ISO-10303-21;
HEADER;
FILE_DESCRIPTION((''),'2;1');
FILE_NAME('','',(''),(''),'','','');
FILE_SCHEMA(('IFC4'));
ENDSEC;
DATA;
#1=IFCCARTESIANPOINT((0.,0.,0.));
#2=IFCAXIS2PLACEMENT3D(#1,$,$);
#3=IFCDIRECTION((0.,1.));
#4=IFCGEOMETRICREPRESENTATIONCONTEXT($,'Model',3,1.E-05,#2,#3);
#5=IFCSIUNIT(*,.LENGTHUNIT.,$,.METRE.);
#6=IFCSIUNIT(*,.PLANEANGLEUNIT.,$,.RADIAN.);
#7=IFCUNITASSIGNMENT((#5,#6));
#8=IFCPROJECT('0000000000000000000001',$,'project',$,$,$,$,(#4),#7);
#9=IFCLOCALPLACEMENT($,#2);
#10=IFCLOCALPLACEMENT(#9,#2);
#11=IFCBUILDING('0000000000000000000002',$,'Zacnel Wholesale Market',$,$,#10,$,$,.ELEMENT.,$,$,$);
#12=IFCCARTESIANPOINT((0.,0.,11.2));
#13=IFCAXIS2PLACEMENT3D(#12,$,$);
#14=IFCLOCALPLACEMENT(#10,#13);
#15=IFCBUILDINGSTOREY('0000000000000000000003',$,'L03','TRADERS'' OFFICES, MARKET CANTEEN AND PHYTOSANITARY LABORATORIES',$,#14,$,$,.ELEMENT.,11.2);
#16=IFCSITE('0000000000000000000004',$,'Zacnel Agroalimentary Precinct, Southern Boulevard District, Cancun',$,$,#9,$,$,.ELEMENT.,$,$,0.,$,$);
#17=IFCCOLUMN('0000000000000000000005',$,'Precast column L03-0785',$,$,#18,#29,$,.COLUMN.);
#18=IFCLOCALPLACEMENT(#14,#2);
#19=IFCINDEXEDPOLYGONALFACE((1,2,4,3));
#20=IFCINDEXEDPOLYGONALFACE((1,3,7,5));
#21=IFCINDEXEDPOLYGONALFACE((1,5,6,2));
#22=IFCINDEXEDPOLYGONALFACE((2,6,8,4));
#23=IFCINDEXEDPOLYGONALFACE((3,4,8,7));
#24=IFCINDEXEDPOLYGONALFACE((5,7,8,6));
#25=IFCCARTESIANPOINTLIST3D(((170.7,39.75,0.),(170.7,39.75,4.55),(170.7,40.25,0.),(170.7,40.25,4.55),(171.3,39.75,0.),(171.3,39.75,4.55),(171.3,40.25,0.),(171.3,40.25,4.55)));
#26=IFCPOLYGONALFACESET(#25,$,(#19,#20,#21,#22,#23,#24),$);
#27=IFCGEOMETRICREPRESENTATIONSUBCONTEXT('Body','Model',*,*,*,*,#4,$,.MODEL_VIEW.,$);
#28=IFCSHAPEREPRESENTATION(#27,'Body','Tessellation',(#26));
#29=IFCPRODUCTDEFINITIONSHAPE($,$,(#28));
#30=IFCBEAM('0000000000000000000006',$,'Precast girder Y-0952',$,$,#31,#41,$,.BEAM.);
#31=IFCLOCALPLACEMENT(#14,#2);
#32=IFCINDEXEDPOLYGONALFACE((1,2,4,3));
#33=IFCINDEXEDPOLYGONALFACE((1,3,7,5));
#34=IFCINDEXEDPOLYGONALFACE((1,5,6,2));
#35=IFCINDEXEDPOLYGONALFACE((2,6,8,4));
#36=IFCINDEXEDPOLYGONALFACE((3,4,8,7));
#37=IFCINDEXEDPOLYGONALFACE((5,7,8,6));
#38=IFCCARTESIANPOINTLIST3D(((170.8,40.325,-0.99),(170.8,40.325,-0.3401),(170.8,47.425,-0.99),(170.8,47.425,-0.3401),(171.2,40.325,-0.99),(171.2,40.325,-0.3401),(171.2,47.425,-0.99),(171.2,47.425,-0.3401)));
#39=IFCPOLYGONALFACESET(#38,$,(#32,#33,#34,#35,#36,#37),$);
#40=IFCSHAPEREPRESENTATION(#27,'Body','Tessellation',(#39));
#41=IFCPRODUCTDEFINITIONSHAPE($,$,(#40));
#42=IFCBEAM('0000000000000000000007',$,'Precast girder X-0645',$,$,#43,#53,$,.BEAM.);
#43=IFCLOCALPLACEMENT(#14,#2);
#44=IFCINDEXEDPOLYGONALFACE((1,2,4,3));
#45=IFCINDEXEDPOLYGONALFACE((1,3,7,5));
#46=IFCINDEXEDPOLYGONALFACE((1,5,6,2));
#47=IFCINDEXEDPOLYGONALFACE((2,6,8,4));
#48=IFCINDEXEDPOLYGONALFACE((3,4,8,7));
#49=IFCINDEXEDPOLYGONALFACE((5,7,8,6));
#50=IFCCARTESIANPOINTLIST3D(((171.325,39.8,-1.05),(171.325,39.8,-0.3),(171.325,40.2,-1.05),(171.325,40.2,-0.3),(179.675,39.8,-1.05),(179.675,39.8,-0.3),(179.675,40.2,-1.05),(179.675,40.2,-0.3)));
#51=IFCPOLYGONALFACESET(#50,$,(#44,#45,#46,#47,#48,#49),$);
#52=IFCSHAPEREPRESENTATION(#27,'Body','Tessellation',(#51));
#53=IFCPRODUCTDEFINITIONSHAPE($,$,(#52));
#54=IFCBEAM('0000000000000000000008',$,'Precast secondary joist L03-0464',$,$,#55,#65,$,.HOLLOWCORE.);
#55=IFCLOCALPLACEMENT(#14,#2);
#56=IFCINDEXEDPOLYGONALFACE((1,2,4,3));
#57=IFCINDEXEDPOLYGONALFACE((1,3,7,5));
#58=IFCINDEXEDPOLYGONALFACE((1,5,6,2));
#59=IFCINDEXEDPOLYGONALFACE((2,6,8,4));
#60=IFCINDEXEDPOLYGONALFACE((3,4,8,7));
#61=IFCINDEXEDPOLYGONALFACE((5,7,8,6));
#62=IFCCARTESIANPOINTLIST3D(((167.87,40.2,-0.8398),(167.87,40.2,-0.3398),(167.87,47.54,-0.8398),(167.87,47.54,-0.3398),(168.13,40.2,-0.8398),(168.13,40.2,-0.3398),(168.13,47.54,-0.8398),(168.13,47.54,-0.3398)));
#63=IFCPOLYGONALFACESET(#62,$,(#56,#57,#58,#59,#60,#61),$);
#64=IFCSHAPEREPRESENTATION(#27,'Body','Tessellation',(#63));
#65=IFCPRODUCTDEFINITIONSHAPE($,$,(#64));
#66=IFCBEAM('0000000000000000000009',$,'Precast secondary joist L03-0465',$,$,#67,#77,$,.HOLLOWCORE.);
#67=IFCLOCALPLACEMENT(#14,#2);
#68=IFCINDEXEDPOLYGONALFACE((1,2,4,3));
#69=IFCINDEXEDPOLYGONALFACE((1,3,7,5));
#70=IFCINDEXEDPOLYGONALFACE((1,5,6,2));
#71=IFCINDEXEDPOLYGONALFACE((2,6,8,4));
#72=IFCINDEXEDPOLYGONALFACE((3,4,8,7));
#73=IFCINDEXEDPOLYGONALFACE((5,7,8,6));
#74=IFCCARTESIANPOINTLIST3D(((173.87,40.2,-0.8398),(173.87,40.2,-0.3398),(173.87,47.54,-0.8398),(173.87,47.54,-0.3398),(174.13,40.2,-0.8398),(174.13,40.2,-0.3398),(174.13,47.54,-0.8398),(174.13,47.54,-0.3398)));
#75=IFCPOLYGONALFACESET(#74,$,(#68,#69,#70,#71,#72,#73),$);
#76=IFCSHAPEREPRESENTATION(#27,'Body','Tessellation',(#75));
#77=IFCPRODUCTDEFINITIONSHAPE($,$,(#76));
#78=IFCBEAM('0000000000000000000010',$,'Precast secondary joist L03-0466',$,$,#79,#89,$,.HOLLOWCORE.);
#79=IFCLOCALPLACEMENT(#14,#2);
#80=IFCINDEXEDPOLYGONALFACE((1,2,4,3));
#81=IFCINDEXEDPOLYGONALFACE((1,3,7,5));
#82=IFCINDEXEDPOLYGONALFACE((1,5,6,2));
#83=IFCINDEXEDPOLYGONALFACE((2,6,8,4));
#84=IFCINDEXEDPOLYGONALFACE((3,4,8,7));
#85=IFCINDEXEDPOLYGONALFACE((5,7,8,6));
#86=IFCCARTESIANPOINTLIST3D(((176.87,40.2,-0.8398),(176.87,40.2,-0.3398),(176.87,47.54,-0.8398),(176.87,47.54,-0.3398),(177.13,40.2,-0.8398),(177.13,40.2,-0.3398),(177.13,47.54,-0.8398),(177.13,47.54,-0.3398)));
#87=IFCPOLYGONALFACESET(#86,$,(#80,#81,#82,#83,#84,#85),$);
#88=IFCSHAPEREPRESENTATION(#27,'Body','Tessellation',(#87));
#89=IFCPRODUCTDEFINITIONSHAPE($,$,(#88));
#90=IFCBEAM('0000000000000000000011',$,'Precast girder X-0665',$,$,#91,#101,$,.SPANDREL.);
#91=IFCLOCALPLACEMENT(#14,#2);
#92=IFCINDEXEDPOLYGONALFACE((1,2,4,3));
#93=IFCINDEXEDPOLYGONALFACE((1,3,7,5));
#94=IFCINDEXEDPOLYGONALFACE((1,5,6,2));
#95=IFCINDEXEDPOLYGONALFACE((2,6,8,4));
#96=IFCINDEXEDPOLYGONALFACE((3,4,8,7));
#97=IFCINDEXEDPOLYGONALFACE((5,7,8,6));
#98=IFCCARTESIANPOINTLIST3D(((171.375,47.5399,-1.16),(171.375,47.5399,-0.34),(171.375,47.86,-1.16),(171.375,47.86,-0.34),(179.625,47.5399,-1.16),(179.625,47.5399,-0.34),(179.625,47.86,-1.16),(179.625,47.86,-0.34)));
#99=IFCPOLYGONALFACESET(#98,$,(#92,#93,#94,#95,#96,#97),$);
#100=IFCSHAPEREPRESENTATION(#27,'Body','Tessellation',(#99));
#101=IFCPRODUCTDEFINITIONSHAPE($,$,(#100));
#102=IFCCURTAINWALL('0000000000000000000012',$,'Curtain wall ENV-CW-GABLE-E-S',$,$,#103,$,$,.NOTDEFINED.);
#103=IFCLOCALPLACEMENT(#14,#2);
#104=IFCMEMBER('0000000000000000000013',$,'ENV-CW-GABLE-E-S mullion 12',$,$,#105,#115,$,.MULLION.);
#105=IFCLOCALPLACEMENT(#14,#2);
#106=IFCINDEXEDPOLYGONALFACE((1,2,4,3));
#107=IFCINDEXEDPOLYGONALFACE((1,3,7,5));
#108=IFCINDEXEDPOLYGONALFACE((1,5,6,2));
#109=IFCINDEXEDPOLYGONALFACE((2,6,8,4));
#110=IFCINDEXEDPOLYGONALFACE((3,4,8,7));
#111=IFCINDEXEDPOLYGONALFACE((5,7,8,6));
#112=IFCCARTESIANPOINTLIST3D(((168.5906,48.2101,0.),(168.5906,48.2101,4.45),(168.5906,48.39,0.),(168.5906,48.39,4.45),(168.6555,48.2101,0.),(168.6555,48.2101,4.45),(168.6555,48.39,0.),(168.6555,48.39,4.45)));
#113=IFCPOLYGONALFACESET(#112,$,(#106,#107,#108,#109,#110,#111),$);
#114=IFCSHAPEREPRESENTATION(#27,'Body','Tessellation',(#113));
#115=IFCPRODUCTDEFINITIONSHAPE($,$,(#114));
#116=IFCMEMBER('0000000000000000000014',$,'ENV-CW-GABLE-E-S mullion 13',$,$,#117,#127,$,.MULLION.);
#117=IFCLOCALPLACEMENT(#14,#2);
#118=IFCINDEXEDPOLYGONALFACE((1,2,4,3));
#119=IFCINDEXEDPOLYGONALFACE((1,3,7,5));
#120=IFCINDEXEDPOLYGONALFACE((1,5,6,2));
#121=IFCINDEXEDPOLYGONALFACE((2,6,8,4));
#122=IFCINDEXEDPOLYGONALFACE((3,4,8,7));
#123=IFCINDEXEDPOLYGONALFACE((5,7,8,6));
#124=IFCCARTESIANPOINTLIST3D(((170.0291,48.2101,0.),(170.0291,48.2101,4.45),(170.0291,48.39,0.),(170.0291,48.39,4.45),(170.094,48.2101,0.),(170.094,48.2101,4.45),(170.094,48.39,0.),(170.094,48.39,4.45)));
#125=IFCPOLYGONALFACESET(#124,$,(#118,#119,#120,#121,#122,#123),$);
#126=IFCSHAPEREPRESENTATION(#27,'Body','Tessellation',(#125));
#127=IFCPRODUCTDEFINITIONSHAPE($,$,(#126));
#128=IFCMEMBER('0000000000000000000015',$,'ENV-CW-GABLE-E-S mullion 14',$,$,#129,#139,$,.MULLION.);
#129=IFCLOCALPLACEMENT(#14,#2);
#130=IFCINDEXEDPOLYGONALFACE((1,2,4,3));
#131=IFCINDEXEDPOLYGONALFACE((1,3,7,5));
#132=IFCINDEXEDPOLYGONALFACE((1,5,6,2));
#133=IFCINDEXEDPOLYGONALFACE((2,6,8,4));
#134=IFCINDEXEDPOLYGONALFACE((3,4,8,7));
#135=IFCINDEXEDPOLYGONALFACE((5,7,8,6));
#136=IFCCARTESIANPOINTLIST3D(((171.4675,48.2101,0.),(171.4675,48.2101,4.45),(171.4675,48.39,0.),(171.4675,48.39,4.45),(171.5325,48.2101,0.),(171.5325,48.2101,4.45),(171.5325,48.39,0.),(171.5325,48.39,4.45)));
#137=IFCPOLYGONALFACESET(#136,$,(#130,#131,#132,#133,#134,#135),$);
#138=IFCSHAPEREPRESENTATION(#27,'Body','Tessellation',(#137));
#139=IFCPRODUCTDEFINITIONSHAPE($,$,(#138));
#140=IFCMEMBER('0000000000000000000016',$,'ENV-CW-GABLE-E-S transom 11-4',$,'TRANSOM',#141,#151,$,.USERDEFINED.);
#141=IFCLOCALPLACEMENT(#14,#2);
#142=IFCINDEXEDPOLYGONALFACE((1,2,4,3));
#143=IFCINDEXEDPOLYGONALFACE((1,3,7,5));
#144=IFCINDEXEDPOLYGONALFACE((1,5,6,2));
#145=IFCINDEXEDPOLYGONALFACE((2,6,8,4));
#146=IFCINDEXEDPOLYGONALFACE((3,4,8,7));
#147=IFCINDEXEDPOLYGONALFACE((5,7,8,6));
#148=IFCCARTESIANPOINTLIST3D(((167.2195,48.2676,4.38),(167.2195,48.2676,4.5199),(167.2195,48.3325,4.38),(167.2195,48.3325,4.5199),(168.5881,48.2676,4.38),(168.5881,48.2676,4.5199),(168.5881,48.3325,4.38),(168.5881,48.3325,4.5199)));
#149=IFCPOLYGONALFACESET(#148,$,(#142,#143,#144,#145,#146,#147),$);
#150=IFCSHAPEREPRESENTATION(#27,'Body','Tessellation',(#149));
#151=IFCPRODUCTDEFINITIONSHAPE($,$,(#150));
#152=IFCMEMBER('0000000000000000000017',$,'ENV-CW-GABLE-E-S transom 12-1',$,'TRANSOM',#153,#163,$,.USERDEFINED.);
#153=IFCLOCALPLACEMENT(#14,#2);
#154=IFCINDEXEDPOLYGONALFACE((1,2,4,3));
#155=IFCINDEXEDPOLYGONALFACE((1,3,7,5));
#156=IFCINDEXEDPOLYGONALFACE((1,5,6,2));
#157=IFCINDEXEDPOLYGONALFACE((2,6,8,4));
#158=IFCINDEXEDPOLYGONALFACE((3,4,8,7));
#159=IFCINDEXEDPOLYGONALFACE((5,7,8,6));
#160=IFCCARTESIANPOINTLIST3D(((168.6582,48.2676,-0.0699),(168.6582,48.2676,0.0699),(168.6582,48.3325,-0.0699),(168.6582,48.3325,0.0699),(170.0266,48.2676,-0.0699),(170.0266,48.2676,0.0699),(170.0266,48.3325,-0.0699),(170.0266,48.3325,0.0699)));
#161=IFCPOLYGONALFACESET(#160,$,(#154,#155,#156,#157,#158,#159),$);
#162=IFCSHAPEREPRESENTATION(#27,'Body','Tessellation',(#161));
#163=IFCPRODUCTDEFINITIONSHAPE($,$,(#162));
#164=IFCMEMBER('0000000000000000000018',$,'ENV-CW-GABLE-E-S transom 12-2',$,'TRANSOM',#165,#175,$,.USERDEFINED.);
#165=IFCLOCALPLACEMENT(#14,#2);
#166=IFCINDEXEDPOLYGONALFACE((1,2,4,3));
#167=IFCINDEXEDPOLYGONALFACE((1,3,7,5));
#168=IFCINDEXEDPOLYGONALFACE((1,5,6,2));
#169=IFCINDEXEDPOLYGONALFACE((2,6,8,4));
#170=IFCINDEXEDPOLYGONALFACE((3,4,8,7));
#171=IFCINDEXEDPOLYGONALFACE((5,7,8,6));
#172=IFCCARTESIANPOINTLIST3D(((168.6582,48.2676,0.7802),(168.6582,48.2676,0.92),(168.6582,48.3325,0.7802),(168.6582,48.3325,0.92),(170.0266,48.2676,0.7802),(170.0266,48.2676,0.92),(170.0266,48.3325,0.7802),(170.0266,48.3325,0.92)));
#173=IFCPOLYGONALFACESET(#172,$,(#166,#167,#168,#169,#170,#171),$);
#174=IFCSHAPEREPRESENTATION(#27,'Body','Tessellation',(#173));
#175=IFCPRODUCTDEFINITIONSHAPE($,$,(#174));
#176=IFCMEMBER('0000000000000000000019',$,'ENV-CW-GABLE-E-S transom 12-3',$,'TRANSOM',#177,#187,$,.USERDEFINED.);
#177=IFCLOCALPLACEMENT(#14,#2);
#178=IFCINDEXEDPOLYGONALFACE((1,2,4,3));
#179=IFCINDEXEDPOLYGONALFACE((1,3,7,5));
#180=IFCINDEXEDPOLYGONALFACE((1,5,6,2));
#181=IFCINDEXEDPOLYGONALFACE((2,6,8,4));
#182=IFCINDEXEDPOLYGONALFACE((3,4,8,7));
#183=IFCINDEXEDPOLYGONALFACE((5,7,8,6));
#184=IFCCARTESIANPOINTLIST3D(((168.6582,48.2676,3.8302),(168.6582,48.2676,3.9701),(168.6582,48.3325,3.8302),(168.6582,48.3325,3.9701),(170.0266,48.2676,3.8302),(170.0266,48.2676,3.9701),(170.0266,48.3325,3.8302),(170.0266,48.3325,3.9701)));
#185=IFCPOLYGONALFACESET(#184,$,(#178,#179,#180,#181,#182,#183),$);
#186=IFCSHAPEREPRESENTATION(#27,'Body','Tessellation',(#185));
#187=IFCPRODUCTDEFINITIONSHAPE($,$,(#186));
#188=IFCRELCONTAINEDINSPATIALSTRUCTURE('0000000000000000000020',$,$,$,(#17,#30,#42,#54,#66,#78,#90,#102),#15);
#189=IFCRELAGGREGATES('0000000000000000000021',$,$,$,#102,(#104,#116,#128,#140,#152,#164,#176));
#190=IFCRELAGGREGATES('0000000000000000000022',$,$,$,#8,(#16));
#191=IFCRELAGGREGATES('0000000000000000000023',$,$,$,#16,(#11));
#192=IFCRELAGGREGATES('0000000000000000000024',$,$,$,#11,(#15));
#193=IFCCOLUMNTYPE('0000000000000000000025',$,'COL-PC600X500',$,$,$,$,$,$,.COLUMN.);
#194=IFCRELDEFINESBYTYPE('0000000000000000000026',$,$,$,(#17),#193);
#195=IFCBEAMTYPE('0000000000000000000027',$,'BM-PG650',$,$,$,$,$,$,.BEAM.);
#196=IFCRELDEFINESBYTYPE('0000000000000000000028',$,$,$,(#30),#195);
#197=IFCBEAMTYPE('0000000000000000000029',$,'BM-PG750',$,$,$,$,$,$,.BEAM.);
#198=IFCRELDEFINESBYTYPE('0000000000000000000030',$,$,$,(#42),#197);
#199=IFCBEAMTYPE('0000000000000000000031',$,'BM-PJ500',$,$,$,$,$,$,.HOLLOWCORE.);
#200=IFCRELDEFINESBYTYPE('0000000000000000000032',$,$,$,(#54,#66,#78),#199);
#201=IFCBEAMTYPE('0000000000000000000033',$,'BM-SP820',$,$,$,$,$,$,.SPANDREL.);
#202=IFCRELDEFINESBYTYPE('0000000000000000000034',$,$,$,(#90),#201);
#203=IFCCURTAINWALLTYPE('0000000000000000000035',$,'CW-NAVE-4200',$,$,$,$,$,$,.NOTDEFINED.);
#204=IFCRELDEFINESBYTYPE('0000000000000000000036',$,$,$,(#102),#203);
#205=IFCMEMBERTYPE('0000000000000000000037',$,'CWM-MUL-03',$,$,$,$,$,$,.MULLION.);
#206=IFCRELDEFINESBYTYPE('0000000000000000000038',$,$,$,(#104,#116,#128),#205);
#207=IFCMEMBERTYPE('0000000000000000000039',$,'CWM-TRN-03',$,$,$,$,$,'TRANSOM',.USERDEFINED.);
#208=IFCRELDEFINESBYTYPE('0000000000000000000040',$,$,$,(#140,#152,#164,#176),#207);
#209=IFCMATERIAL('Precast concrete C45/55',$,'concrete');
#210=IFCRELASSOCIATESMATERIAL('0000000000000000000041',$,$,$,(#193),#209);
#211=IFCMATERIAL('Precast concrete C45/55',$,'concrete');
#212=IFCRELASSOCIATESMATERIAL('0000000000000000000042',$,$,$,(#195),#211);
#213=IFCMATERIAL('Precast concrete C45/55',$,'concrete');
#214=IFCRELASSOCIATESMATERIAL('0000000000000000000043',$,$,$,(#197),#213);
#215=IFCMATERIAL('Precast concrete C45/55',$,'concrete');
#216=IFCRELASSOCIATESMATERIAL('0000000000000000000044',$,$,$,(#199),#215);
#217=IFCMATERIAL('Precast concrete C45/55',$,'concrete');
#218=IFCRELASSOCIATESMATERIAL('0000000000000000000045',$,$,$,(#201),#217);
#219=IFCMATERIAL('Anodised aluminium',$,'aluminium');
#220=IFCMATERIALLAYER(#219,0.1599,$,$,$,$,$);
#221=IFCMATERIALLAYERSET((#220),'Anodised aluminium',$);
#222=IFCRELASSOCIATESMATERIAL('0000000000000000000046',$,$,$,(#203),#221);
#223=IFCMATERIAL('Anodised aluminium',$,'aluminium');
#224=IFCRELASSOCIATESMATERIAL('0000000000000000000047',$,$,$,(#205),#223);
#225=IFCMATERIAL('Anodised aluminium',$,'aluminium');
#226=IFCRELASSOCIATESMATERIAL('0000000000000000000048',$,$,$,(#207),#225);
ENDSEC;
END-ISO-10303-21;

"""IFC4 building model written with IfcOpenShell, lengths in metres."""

from ifc_helpers import new_model, si_unit, direction, frame, origin, origin_2d, place, context, subcontext, project, spatial, rectangle, extrude, material, layer, layer_set, material_profile, profile_set, type_object, element, aggregate, save


model = new_model("IFC4")

# Units and contexts
model_context = context("Model", 3, precision=1e-05, world=origin(), true_north=direction((0.0, 1.0)))
body_context = subcontext(model_context, "Body", "Model", "MODEL_VIEW")
ifc_project = project(units=[si_unit("LENGTHUNIT", "METRE"), si_unit("PLANEANGLEUNIT", "RADIAN")], contexts=[model_context])

# Site, building, storey
site_placement = place(None, origin())
site = spatial("IfcSite", under=ifc_project, at=site_placement, Name="Zacnel Agroalimentary Precinct, Southern Boulevard District, Cancun", CompositionType="ELEMENT", RefElevation=0.0)
building_placement = place(site_placement, origin())
building = spatial("IfcBuilding", under=site, at=building_placement, Name="Zacnel Wholesale Market", CompositionType="ELEMENT")
storey_placement = place(building_placement, frame((0.0, 0.0, 11.2)))
storey = spatial("IfcBuildingStorey", under=building, at=storey_placement, Name="L03", Description="TRADERS' OFFICES, MARKET CANTEEN AND PHYTOSANITARY LABORATORIES", CompositionType="ELEMENT", Elevation=11.2)

# Column
ifc_material_1 = material(Name="Precast concrete C45/55", Category="concrete")
ifc_material_profile_1 = material_profile(ifc_material_1, rectangle(XDim=0.6001, YDim=0.5, at=origin_2d()), Name="PC 600x500")
ifc_profile_set_1 = profile_set([ifc_material_profile_1], Name="Precast concrete C45/55")
column_type = type_object("IfcColumnType", Name="COL-PC600X500", PredefinedType="COLUMN", material=ifc_profile_set_1)
column_placement = place(storey_placement, frame((171.0, 40.0, 0.0), z_axis=(0.0, 0.0, 1.0), x_axis=(1.0, 0.0, 0.0)))
element("IfcColumn", 1, at=column_placement, inside=storey, type_object=column_type, Name="Precast column L03-0785", PredefinedType="COLUMN", context=body_context, shape_type="SweptSolid", body=[
    extrude(rectangle(XDim=0.6001, YDim=0.5, at=origin_2d()), origin(), (0.0, 0.0, 1.0), 4.55),
])

# Beams
ifc_material_2 = material(Name="Precast concrete C45/55", Category="concrete")
ifc_material_profile_2 = material_profile(ifc_material_2, rectangle(XDim=0.3999, YDim=0.6499, at=origin_2d()), Name="PG 400x650")
ifc_profile_set_2 = profile_set([ifc_material_profile_2], Name="Precast concrete C45/55")
beam_type_1 = type_object("IfcBeamType", Name="BM-PG650", PredefinedType="BEAM", material=ifc_profile_set_2)
beam_1_placement = place(storey_placement, frame((171.0, 40.325, -0.665), z_axis=(0.0, 1.0, 0.0), x_axis=(-1.0, 0.0, 0.0)))
element("IfcBeam", 2, at=beam_1_placement, inside=storey, type_object=beam_type_1, Name="Precast girder Y-0952", PredefinedType="BEAM", context=body_context, shape_type="SweptSolid", body=[
    extrude(rectangle(XDim=0.3999, YDim=0.6499, at=origin_2d()), origin(), (0.0, 0.0, 1.0), 7.1001),
])
ifc_material_3 = material(Name="Precast concrete C45/55", Category="concrete")
ifc_material_profile_3 = material_profile(ifc_material_3, rectangle(XDim=0.3999, YDim=0.75, at=origin_2d()), Name="PG 400x750")
ifc_profile_set_3 = profile_set([ifc_material_profile_3], Name="Precast concrete C45/55")
beam_type_2 = type_object("IfcBeamType", Name="BM-PG750", PredefinedType="BEAM", material=ifc_profile_set_3)
beam_2_placement = place(storey_placement, frame((171.325, 40.0, -0.675), z_axis=(1.0, 0.0, 0.0), x_axis=(0.0, 1.0, 0.0)))
element("IfcBeam", 3, at=beam_2_placement, inside=storey, type_object=beam_type_2, Name="Precast girder X-0645", PredefinedType="BEAM", context=body_context, shape_type="SweptSolid", body=[
    extrude(rectangle(XDim=0.3999, YDim=0.75, at=origin_2d()), origin(), (0.0, 0.0, 1.0), 8.3501),
])
ifc_material_4 = material(Name="Precast concrete C45/55", Category="concrete")
ifc_material_profile_4 = material_profile(ifc_material_4, rectangle(XDim=0.26, YDim=0.5, at=origin_2d()), Name="PJ 260x500")
ifc_profile_set_4 = profile_set([ifc_material_profile_4], Name="Precast concrete C45/55")
beam_type_3 = type_object("IfcBeamType", Name="BM-PJ500", PredefinedType="HOLLOWCORE", material=ifc_profile_set_4)
for number, where, z_axis, x_axis, name in (
    (4, (168.0, 40.2, -0.5898), (0.0, 1.0, 0.0), (-1.0, 0.0, 0.0), "Precast secondary joist L03-0464"),
    (5, (174.0, 40.2, -0.5898), (0.0, 1.0, 0.0), (-1.0, 0.0, 0.0), "Precast secondary joist L03-0465"),
    (6, (177.0, 40.2, -0.5898), (0.0, 1.0, 0.0), (-1.0, 0.0, 0.0), "Precast secondary joist L03-0466"),
):
    element("IfcBeam", number, at=place(storey_placement, frame(where, z_axis=z_axis, x_axis=x_axis)), inside=storey, type_object=beam_type_3, Name=name, PredefinedType="HOLLOWCORE", context=body_context, shape_type="SweptSolid", body=[
        extrude(rectangle(XDim=0.26, YDim=0.5, at=origin_2d()), origin(), (0.0, 0.0, 1.0), 7.3401),
    ])
ifc_material_5 = material(Name="Precast concrete C45/55", Category="concrete")
ifc_material_profile_5 = material_profile(ifc_material_5, rectangle(XDim=0.3201, YDim=0.8201, at=origin_2d()), Name="SP 320x820")
ifc_profile_set_5 = profile_set([ifc_material_profile_5], Name="Precast concrete C45/55")
beam_type_4 = type_object("IfcBeamType", Name="BM-SP820", PredefinedType="SPANDREL", material=ifc_profile_set_5)
beam_3_placement = place(storey_placement, frame((171.375, 47.7, -0.75), z_axis=(1.0, 0.0, 0.0), x_axis=(0.0, 1.0, 0.0)))
element("IfcBeam", 7, at=beam_3_placement, inside=storey, type_object=beam_type_4, Name="Precast girder X-0665", PredefinedType="SPANDREL", context=body_context, shape_type="SweptSolid", body=[
    extrude(rectangle(XDim=0.3201, YDim=0.8201, at=origin_2d()), origin(), (0.0, 0.0, 1.0), 8.25),
])

# Curtain wall, members
ifc_material_6 = material(Name="Anodised aluminium", Category="aluminium")
ifc_layer_1 = layer(ifc_material_6, 0.1599)
ifc_layer_set_1 = layer_set([ifc_layer_1], Name="Anodised aluminium")
curtain_wall_type = type_object("IfcCurtainWallType", Name="CW-NAVE-4200", PredefinedType="NOTDEFINED", material=ifc_layer_set_1)
curtain_wall_placement = place(storey_placement, origin())
curtain_wall = element("IfcCurtainWall", 8, at=curtain_wall_placement, inside=storey, type_object=curtain_wall_type, Name="Curtain wall ENV-CW-GABLE-E-S", PredefinedType="NOTDEFINED")
ifc_material_7 = material(Name="Anodised aluminium", Category="aluminium")
ifc_material_profile_6 = material_profile(ifc_material_7, rectangle(XDim=0.0649, YDim=0.1799, at=origin_2d()), Name="AW-MULLION 65x180")
ifc_profile_set_6 = profile_set([ifc_material_profile_6], Name="Anodised aluminium")
member_type_1 = type_object("IfcMemberType", Name="CWM-MUL-03", PredefinedType="MULLION", material=ifc_profile_set_6)
member_1_placement = place(storey_placement, frame((168.623, 48.3, 0.0), z_axis=(0.0, 0.0, 1.0), x_axis=(1.0, 0.0, 0.0)))
member_1 = element("IfcMember", 9, at=member_1_placement, type_object=member_type_1, Name="ENV-CW-GABLE-E-S mullion 12", PredefinedType="MULLION", context=body_context, shape_type="SweptSolid", body=[
    extrude(rectangle(XDim=0.0649, YDim=0.1799, at=origin_2d()), origin(), (0.0, 0.0, 1.0), 4.45),
])
member_2_placement = place(storey_placement, frame((170.0615, 48.3, 0.0), z_axis=(0.0, 0.0, 1.0), x_axis=(1.0, 0.0, 0.0)))
member_2 = element("IfcMember", 10, at=member_2_placement, type_object=member_type_1, Name="ENV-CW-GABLE-E-S mullion 13", PredefinedType="MULLION", context=body_context, shape_type="SweptSolid", body=[
    extrude(rectangle(XDim=0.0649, YDim=0.1799, at=origin_2d()), origin(), (0.0, 0.0, 1.0), 4.45),
])
member_3_placement = place(storey_placement, frame((171.5, 48.3, 0.0), z_axis=(0.0, 0.0, 1.0), x_axis=(1.0, 0.0, 0.0)))
member_3 = element("IfcMember", 11, at=member_3_placement, type_object=member_type_1, Name="ENV-CW-GABLE-E-S mullion 14", PredefinedType="MULLION", context=body_context, shape_type="SweptSolid", body=[
    extrude(rectangle(XDim=0.0649, YDim=0.1799, at=origin_2d()), origin(), (0.0, 0.0, 1.0), 4.45),
])
ifc_material_8 = material(Name="Anodised aluminium", Category="aluminium")
ifc_material_profile_7 = material_profile(ifc_material_8, rectangle(XDim=0.0649, YDim=0.1399, at=origin_2d()), Name="AW-TRANSOM 65x140")
ifc_profile_set_7 = profile_set([ifc_material_profile_7], Name="Anodised aluminium")
member_type_2 = type_object("IfcMemberType", Name="CWM-TRN-03", ElementType="TRANSOM", PredefinedType="USERDEFINED", material=ifc_profile_set_7)
member_4_placement = place(storey_placement, frame((167.2195, 48.3, 4.45), z_axis=(1.0, 0.0, 0.0), x_axis=(0.0, 1.0, 0.0)))
member_4 = element("IfcMember", 12, at=member_4_placement, type_object=member_type_2, Name="ENV-CW-GABLE-E-S transom 11-4", ObjectType="TRANSOM", PredefinedType="USERDEFINED", context=body_context, shape_type="SweptSolid", body=[
    extrude(rectangle(XDim=0.0649, YDim=0.1399, at=origin_2d()), origin(), (0.0, 0.0, 1.0), 1.3687),
])
member_5_placement = place(storey_placement, frame((168.6582, 48.3, 0.0), z_axis=(1.0, 0.0, 0.0), x_axis=(0.0, 1.0, 0.0)))
member_5 = element("IfcMember", 13, at=member_5_placement, type_object=member_type_2, Name="ENV-CW-GABLE-E-S transom 12-1", ObjectType="TRANSOM", PredefinedType="USERDEFINED", context=body_context, shape_type="SweptSolid", body=[
    extrude(rectangle(XDim=0.0649, YDim=0.1399, at=origin_2d()), origin(), (0.0, 0.0, 1.0), 1.3684),
])
member_6_placement = place(storey_placement, frame((168.6582, 48.3, 0.8501), z_axis=(1.0, 0.0, 0.0), x_axis=(0.0, 1.0, 0.0)))
member_6 = element("IfcMember", 14, at=member_6_placement, type_object=member_type_2, Name="ENV-CW-GABLE-E-S transom 12-2", ObjectType="TRANSOM", PredefinedType="USERDEFINED", context=body_context, shape_type="SweptSolid", body=[
    extrude(rectangle(XDim=0.0649, YDim=0.1399, at=origin_2d()), origin(), (0.0, 0.0, 1.0), 1.3684),
])
member_7_placement = place(storey_placement, frame((168.6582, 48.3, 3.9001), z_axis=(1.0, 0.0, 0.0), x_axis=(0.0, 1.0, 0.0)))
member_7 = element("IfcMember", 15, at=member_7_placement, type_object=member_type_2, Name="ENV-CW-GABLE-E-S transom 12-3", ObjectType="TRANSOM", PredefinedType="USERDEFINED", context=body_context, shape_type="SweptSolid", body=[
    extrude(rectangle(XDim=0.0649, YDim=0.1399, at=origin_2d()), origin(), (0.0, 0.0, 1.0), 1.3684),
])
aggregate(curtain_wall, [member_1, member_2, member_3, member_4, member_5, member_6, member_7])

save(model, "model.ifc")
